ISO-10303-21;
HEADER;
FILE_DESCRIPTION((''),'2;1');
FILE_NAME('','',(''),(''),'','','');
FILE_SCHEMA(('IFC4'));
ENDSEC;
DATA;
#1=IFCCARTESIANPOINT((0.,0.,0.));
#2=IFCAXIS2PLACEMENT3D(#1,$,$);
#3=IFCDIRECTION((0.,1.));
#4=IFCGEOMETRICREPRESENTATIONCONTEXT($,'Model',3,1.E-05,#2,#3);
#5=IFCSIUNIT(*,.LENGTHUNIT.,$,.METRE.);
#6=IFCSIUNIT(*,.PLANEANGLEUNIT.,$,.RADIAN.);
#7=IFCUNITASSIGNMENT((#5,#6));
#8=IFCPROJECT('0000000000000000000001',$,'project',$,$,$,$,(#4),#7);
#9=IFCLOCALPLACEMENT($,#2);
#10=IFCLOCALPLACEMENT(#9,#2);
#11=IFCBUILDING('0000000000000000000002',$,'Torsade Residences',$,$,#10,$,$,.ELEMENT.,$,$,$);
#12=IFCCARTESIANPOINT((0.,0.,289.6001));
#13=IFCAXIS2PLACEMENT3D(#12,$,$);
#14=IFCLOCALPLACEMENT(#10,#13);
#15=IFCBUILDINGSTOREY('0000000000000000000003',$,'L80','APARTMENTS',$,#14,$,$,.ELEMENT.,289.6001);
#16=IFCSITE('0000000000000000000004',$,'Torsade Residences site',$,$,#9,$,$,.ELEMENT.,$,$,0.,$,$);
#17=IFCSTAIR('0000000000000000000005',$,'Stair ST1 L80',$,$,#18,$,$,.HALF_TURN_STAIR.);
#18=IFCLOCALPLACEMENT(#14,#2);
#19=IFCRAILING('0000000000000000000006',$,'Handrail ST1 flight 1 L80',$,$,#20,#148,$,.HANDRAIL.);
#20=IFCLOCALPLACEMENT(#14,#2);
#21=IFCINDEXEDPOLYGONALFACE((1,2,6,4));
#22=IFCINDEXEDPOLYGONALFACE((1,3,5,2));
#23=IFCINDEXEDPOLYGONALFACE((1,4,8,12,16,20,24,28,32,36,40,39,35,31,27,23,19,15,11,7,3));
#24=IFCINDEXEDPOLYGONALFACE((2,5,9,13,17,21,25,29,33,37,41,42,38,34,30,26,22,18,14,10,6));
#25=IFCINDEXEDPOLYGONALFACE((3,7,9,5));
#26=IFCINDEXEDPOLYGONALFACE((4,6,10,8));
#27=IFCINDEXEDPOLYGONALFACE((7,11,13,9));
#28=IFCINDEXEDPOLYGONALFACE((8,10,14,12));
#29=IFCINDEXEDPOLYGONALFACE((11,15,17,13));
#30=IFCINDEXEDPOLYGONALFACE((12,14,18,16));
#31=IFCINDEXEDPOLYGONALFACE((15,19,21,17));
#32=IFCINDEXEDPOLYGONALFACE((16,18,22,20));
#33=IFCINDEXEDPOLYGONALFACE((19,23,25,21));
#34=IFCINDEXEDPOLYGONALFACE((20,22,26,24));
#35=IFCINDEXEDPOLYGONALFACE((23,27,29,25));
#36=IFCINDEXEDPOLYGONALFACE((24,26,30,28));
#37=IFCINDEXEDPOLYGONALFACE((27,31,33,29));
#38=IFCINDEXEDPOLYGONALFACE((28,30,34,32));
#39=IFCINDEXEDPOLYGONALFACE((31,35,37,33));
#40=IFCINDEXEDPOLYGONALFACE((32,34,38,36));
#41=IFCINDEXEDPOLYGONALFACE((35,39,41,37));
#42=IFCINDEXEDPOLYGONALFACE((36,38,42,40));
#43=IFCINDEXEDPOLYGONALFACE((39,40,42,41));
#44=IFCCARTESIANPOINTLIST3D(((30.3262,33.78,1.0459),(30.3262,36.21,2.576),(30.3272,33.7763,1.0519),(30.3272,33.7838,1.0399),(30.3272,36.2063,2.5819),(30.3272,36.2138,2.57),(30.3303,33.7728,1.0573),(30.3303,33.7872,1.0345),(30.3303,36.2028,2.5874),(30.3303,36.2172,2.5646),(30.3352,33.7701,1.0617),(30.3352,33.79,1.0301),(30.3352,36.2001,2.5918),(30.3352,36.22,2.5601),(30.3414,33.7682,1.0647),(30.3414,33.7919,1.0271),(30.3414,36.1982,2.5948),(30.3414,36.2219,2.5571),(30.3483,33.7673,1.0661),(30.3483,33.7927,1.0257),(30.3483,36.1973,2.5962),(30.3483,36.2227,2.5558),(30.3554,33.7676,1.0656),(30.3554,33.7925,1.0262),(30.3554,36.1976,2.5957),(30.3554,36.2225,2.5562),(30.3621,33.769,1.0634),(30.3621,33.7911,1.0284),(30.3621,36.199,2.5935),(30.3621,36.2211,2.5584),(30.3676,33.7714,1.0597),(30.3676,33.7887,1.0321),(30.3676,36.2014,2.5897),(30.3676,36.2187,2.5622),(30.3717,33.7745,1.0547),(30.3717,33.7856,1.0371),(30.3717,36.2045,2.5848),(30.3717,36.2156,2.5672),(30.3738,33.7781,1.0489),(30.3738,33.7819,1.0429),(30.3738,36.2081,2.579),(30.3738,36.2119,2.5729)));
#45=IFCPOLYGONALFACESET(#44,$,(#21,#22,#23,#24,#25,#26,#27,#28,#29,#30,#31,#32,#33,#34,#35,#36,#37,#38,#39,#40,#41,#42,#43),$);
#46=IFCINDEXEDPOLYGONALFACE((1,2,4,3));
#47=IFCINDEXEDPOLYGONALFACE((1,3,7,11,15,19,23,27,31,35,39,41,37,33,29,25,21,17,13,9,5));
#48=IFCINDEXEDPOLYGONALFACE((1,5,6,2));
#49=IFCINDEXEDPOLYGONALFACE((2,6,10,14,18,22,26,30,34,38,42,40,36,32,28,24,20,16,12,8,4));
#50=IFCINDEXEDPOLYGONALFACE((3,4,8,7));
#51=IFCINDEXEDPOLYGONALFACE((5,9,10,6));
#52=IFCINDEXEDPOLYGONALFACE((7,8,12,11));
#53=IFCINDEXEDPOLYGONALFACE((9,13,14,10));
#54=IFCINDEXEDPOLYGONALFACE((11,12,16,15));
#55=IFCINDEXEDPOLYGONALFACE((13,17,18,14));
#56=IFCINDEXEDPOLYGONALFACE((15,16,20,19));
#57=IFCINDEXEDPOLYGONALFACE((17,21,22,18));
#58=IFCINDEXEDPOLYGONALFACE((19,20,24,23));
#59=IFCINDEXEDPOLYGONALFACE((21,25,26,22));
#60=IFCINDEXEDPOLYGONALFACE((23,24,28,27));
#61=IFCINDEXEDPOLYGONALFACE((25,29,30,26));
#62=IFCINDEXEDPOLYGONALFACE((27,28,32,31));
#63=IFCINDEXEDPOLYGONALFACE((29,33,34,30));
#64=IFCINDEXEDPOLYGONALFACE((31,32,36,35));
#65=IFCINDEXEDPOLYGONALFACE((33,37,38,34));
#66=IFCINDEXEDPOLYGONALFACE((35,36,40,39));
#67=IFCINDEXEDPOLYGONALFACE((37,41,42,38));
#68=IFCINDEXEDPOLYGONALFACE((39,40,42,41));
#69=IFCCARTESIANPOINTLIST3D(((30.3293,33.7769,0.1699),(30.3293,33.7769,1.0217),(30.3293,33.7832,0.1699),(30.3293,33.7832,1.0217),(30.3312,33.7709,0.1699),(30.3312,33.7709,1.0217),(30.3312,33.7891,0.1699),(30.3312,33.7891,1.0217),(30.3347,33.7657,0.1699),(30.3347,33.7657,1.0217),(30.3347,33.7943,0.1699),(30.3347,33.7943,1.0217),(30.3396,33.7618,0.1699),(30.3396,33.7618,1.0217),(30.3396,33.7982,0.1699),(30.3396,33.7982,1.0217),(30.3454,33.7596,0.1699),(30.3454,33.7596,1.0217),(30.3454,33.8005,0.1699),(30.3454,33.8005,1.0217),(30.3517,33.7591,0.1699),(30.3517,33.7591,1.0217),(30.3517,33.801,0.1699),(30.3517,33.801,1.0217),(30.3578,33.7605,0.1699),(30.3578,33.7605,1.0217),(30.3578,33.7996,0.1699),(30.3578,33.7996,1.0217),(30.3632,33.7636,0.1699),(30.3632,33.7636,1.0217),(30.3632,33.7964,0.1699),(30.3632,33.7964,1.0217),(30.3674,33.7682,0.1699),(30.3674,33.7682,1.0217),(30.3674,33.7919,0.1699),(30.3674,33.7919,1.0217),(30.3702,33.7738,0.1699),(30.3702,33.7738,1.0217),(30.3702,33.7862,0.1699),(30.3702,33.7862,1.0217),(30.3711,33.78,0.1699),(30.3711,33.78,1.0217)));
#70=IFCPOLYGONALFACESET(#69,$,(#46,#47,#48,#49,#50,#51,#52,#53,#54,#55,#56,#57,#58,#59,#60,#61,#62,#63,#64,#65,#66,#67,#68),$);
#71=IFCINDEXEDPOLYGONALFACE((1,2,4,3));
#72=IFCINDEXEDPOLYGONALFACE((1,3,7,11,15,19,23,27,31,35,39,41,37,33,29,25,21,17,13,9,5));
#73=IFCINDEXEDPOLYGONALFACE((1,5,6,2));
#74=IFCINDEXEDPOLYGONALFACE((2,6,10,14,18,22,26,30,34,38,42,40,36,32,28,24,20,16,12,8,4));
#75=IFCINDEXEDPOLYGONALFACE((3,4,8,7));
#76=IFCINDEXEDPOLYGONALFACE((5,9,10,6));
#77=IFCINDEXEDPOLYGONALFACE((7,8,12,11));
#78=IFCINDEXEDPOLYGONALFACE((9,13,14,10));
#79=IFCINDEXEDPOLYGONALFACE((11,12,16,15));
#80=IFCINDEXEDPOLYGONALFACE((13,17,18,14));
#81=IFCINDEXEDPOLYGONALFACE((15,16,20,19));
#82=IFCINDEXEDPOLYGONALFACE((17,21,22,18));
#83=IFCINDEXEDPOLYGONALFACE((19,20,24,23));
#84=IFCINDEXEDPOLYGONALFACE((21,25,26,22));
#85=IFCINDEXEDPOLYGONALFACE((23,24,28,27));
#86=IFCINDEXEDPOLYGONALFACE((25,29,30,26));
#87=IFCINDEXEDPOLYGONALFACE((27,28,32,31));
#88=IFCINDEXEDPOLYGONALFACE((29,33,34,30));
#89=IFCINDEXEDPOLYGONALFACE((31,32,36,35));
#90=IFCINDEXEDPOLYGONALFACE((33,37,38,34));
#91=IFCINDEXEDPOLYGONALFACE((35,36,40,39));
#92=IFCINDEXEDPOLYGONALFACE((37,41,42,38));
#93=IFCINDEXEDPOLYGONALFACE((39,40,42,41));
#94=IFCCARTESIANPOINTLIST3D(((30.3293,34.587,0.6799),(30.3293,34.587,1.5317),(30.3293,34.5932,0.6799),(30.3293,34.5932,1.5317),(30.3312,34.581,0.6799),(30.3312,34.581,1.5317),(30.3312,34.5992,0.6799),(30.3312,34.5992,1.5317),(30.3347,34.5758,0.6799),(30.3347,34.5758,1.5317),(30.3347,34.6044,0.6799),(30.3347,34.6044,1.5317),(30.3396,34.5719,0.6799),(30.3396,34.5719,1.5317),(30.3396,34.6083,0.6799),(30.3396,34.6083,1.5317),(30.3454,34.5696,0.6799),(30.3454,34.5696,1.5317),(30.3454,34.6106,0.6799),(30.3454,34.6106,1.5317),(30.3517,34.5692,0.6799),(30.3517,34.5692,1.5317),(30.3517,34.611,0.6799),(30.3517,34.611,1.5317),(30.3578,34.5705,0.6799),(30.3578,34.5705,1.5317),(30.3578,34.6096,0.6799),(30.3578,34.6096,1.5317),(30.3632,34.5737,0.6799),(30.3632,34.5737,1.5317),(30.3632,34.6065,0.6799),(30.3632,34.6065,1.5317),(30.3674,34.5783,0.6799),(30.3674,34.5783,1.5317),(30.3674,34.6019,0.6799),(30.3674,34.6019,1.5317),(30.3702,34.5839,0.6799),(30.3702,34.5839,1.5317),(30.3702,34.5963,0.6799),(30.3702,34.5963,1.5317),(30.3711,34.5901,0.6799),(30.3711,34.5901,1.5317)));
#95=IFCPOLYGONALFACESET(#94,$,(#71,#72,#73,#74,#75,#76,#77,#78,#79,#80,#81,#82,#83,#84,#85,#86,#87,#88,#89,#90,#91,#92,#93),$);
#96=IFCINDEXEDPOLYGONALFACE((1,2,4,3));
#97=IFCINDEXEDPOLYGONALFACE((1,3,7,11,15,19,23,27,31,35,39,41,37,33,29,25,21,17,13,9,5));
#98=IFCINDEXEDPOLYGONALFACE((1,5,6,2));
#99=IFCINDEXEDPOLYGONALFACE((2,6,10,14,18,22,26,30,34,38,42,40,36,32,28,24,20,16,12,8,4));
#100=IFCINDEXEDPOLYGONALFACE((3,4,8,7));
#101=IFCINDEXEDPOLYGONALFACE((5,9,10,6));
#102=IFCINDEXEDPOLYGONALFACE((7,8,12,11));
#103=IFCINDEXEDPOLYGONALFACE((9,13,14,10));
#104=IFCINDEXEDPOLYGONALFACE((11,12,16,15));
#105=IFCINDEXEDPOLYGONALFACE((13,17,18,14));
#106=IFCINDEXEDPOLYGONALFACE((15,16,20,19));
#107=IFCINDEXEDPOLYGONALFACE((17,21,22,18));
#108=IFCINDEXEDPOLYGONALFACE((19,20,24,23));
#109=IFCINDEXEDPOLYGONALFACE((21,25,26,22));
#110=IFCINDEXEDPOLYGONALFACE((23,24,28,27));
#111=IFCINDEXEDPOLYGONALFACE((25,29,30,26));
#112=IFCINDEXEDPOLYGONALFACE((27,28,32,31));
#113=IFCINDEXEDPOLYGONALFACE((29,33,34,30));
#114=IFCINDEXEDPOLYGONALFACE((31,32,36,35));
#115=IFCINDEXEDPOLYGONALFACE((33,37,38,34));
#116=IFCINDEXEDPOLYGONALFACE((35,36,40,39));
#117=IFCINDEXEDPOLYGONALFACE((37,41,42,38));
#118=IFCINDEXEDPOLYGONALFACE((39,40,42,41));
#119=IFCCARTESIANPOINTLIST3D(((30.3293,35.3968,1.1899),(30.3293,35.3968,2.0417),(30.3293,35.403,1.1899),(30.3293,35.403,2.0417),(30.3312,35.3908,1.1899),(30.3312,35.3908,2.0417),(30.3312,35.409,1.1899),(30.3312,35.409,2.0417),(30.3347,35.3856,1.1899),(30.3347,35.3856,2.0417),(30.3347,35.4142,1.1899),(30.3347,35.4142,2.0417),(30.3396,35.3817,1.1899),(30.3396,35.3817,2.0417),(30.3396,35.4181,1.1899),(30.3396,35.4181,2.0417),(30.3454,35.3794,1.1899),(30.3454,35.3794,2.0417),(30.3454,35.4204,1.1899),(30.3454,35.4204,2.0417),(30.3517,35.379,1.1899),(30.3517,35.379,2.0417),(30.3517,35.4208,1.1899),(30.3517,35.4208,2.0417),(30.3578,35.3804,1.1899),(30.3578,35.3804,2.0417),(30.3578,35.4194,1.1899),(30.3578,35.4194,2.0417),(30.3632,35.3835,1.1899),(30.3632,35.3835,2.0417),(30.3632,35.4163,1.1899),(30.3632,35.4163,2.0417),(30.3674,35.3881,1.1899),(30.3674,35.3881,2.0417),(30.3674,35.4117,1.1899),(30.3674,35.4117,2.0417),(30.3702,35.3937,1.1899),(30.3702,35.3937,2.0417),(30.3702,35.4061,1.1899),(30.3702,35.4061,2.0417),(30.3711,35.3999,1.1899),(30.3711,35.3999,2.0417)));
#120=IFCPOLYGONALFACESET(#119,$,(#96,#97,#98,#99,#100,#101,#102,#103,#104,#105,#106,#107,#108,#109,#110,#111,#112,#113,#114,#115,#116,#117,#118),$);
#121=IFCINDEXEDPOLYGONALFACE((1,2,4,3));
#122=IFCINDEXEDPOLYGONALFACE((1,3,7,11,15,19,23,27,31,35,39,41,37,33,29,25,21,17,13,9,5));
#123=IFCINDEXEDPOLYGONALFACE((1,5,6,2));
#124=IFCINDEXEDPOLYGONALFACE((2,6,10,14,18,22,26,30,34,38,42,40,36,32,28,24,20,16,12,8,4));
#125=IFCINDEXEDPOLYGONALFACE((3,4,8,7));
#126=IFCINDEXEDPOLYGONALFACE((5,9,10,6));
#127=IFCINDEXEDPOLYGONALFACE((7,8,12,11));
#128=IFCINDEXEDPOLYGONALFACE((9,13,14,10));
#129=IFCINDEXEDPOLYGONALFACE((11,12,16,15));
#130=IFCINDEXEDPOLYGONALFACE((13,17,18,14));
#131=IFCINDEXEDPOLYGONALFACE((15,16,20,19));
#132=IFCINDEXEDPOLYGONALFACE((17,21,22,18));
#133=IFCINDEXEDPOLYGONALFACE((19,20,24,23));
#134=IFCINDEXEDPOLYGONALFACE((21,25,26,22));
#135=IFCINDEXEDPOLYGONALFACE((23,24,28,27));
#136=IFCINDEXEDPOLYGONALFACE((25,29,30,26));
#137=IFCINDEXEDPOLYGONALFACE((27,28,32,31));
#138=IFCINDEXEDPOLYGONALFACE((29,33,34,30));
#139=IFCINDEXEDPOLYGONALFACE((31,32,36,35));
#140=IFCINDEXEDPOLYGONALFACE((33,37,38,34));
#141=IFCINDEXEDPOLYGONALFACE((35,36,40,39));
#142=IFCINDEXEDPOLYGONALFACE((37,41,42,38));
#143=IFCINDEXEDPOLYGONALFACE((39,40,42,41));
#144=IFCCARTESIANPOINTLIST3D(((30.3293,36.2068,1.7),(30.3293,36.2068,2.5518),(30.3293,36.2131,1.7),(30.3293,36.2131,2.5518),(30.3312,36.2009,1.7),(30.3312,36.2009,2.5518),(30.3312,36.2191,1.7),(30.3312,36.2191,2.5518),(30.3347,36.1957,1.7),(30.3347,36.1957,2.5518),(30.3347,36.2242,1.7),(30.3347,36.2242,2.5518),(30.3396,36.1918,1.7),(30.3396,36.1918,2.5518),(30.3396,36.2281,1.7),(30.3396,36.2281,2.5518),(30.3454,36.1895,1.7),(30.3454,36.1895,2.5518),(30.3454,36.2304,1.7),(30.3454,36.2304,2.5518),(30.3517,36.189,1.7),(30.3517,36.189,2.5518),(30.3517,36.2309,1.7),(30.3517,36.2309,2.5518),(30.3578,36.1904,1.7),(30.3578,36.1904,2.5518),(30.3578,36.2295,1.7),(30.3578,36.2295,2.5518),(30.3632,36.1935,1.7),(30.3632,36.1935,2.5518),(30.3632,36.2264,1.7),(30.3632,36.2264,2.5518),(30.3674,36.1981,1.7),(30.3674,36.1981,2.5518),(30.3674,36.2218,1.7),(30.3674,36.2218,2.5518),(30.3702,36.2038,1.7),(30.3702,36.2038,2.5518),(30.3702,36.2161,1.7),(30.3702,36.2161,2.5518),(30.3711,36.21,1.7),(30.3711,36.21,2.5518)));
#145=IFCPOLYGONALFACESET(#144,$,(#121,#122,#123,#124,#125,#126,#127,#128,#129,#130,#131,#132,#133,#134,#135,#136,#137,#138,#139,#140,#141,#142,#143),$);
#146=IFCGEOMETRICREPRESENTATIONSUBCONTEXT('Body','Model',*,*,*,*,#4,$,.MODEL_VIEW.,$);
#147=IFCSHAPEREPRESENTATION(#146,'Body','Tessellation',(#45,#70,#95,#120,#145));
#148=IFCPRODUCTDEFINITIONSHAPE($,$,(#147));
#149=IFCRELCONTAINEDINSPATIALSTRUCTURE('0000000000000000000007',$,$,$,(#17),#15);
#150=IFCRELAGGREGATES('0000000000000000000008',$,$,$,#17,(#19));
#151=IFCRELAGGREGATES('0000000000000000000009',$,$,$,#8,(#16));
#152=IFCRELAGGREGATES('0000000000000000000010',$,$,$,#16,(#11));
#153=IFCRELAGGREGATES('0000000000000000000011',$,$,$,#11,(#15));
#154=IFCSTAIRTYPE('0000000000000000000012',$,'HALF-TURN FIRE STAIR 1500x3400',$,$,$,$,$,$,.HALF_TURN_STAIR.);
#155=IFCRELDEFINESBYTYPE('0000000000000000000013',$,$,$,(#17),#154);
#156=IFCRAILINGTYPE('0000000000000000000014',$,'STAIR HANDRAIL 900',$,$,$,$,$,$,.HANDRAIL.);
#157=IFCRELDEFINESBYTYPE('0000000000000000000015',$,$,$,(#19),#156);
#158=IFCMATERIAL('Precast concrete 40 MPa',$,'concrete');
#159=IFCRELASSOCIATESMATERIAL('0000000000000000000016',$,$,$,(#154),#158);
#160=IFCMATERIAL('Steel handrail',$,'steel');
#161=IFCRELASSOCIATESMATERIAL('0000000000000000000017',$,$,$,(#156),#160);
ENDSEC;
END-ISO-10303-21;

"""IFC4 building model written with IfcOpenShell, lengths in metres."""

from ifc_helpers import new_model, si_unit, direction, frame, origin, origin_2d, place, context, subcontext, project, spatial, circle, extrude, material, type_object, element, aggregate, save


model = new_model("IFC4")

# Units and contexts
model_context = context("Model", 3, precision=1e-05, world=origin(), true_north=direction((0.0, 1.0)))
body_context = subcontext(model_context, "Body", "Model", "MODEL_VIEW")
ifc_project = project(units=[si_unit("LENGTHUNIT", "METRE"), si_unit("PLANEANGLEUNIT", "RADIAN")], contexts=[model_context])

# Site, building, storey
site_placement = place(None, origin())
site = spatial("IfcSite", under=ifc_project, at=site_placement, Name="Torsade Residences site", CompositionType="ELEMENT", RefElevation=0.0)
building_placement = place(site_placement, origin())
building = spatial("IfcBuilding", under=site, at=building_placement, Name="Torsade Residences", CompositionType="ELEMENT")
storey_placement = place(building_placement, frame((0.0, 0.0, 289.6001)))
storey = spatial("IfcBuildingStorey", under=building, at=storey_placement, Name="L80", Description="APARTMENTS", CompositionType="ELEMENT", Elevation=289.6001)

# Stair, railing
ifc_material_1 = material(Name="Precast concrete 40 MPa", Category="concrete")
stair_type = type_object("IfcStairType", Name="HALF-TURN FIRE STAIR 1500x3400", PredefinedType="HALF_TURN_STAIR", material=ifc_material_1)
stair_placement = place(storey_placement, origin())
stair = element("IfcStair", 1, at=stair_placement, inside=storey, type_object=stair_type, Name="Stair ST1 L80", PredefinedType="HALF_TURN_STAIR")
ifc_material_2 = material(Name="Steel handrail", Category="steel")
railing_type = type_object("IfcRailingType", Name="STAIR HANDRAIL 900", PredefinedType="HANDRAIL", material=ifc_material_2)
railing_1_placement = place(storey_placement, frame((30.3501, 33.78, 0.1699)))
railing_1 = element("IfcRailing", 2, at=railing_1_placement, type_object=railing_type, Name="Handrail ST1 flight 1 L80", PredefinedType="HANDRAIL", context=body_context, shape_type="SweptSolid", body=[
    extrude(circle(Radius=0.0239, at=origin_2d()), frame((0.0, 0.0, 0.876), z_axis=(0.0, 0.846221, 0.532831), x_axis=(-1.0, 0.0, 0.0)), (0.0, 0.0, 1.0), 2.8716),
    extrude(circle(Radius=0.021, at=origin_2d()), origin(), (0.0, 0.0, 1.0), 0.8518),
    extrude(circle(Radius=0.021, at=origin_2d()), frame((0.0, 0.8101, 0.51)), (0.0, 0.0, 1.0), 0.8518),
    extrude(circle(Radius=0.021, at=origin_2d()), frame((0.0, 1.6199, 1.02)), (0.0, 0.0, 1.0), 0.8518),
    extrude(circle(Radius=0.021, at=origin_2d()), frame((0.0, 2.4299, 1.53)), (0.0, 0.0, 1.0), 0.8518),
])
aggregate(stair, [railing_1])

save(model, "model.ifc")
